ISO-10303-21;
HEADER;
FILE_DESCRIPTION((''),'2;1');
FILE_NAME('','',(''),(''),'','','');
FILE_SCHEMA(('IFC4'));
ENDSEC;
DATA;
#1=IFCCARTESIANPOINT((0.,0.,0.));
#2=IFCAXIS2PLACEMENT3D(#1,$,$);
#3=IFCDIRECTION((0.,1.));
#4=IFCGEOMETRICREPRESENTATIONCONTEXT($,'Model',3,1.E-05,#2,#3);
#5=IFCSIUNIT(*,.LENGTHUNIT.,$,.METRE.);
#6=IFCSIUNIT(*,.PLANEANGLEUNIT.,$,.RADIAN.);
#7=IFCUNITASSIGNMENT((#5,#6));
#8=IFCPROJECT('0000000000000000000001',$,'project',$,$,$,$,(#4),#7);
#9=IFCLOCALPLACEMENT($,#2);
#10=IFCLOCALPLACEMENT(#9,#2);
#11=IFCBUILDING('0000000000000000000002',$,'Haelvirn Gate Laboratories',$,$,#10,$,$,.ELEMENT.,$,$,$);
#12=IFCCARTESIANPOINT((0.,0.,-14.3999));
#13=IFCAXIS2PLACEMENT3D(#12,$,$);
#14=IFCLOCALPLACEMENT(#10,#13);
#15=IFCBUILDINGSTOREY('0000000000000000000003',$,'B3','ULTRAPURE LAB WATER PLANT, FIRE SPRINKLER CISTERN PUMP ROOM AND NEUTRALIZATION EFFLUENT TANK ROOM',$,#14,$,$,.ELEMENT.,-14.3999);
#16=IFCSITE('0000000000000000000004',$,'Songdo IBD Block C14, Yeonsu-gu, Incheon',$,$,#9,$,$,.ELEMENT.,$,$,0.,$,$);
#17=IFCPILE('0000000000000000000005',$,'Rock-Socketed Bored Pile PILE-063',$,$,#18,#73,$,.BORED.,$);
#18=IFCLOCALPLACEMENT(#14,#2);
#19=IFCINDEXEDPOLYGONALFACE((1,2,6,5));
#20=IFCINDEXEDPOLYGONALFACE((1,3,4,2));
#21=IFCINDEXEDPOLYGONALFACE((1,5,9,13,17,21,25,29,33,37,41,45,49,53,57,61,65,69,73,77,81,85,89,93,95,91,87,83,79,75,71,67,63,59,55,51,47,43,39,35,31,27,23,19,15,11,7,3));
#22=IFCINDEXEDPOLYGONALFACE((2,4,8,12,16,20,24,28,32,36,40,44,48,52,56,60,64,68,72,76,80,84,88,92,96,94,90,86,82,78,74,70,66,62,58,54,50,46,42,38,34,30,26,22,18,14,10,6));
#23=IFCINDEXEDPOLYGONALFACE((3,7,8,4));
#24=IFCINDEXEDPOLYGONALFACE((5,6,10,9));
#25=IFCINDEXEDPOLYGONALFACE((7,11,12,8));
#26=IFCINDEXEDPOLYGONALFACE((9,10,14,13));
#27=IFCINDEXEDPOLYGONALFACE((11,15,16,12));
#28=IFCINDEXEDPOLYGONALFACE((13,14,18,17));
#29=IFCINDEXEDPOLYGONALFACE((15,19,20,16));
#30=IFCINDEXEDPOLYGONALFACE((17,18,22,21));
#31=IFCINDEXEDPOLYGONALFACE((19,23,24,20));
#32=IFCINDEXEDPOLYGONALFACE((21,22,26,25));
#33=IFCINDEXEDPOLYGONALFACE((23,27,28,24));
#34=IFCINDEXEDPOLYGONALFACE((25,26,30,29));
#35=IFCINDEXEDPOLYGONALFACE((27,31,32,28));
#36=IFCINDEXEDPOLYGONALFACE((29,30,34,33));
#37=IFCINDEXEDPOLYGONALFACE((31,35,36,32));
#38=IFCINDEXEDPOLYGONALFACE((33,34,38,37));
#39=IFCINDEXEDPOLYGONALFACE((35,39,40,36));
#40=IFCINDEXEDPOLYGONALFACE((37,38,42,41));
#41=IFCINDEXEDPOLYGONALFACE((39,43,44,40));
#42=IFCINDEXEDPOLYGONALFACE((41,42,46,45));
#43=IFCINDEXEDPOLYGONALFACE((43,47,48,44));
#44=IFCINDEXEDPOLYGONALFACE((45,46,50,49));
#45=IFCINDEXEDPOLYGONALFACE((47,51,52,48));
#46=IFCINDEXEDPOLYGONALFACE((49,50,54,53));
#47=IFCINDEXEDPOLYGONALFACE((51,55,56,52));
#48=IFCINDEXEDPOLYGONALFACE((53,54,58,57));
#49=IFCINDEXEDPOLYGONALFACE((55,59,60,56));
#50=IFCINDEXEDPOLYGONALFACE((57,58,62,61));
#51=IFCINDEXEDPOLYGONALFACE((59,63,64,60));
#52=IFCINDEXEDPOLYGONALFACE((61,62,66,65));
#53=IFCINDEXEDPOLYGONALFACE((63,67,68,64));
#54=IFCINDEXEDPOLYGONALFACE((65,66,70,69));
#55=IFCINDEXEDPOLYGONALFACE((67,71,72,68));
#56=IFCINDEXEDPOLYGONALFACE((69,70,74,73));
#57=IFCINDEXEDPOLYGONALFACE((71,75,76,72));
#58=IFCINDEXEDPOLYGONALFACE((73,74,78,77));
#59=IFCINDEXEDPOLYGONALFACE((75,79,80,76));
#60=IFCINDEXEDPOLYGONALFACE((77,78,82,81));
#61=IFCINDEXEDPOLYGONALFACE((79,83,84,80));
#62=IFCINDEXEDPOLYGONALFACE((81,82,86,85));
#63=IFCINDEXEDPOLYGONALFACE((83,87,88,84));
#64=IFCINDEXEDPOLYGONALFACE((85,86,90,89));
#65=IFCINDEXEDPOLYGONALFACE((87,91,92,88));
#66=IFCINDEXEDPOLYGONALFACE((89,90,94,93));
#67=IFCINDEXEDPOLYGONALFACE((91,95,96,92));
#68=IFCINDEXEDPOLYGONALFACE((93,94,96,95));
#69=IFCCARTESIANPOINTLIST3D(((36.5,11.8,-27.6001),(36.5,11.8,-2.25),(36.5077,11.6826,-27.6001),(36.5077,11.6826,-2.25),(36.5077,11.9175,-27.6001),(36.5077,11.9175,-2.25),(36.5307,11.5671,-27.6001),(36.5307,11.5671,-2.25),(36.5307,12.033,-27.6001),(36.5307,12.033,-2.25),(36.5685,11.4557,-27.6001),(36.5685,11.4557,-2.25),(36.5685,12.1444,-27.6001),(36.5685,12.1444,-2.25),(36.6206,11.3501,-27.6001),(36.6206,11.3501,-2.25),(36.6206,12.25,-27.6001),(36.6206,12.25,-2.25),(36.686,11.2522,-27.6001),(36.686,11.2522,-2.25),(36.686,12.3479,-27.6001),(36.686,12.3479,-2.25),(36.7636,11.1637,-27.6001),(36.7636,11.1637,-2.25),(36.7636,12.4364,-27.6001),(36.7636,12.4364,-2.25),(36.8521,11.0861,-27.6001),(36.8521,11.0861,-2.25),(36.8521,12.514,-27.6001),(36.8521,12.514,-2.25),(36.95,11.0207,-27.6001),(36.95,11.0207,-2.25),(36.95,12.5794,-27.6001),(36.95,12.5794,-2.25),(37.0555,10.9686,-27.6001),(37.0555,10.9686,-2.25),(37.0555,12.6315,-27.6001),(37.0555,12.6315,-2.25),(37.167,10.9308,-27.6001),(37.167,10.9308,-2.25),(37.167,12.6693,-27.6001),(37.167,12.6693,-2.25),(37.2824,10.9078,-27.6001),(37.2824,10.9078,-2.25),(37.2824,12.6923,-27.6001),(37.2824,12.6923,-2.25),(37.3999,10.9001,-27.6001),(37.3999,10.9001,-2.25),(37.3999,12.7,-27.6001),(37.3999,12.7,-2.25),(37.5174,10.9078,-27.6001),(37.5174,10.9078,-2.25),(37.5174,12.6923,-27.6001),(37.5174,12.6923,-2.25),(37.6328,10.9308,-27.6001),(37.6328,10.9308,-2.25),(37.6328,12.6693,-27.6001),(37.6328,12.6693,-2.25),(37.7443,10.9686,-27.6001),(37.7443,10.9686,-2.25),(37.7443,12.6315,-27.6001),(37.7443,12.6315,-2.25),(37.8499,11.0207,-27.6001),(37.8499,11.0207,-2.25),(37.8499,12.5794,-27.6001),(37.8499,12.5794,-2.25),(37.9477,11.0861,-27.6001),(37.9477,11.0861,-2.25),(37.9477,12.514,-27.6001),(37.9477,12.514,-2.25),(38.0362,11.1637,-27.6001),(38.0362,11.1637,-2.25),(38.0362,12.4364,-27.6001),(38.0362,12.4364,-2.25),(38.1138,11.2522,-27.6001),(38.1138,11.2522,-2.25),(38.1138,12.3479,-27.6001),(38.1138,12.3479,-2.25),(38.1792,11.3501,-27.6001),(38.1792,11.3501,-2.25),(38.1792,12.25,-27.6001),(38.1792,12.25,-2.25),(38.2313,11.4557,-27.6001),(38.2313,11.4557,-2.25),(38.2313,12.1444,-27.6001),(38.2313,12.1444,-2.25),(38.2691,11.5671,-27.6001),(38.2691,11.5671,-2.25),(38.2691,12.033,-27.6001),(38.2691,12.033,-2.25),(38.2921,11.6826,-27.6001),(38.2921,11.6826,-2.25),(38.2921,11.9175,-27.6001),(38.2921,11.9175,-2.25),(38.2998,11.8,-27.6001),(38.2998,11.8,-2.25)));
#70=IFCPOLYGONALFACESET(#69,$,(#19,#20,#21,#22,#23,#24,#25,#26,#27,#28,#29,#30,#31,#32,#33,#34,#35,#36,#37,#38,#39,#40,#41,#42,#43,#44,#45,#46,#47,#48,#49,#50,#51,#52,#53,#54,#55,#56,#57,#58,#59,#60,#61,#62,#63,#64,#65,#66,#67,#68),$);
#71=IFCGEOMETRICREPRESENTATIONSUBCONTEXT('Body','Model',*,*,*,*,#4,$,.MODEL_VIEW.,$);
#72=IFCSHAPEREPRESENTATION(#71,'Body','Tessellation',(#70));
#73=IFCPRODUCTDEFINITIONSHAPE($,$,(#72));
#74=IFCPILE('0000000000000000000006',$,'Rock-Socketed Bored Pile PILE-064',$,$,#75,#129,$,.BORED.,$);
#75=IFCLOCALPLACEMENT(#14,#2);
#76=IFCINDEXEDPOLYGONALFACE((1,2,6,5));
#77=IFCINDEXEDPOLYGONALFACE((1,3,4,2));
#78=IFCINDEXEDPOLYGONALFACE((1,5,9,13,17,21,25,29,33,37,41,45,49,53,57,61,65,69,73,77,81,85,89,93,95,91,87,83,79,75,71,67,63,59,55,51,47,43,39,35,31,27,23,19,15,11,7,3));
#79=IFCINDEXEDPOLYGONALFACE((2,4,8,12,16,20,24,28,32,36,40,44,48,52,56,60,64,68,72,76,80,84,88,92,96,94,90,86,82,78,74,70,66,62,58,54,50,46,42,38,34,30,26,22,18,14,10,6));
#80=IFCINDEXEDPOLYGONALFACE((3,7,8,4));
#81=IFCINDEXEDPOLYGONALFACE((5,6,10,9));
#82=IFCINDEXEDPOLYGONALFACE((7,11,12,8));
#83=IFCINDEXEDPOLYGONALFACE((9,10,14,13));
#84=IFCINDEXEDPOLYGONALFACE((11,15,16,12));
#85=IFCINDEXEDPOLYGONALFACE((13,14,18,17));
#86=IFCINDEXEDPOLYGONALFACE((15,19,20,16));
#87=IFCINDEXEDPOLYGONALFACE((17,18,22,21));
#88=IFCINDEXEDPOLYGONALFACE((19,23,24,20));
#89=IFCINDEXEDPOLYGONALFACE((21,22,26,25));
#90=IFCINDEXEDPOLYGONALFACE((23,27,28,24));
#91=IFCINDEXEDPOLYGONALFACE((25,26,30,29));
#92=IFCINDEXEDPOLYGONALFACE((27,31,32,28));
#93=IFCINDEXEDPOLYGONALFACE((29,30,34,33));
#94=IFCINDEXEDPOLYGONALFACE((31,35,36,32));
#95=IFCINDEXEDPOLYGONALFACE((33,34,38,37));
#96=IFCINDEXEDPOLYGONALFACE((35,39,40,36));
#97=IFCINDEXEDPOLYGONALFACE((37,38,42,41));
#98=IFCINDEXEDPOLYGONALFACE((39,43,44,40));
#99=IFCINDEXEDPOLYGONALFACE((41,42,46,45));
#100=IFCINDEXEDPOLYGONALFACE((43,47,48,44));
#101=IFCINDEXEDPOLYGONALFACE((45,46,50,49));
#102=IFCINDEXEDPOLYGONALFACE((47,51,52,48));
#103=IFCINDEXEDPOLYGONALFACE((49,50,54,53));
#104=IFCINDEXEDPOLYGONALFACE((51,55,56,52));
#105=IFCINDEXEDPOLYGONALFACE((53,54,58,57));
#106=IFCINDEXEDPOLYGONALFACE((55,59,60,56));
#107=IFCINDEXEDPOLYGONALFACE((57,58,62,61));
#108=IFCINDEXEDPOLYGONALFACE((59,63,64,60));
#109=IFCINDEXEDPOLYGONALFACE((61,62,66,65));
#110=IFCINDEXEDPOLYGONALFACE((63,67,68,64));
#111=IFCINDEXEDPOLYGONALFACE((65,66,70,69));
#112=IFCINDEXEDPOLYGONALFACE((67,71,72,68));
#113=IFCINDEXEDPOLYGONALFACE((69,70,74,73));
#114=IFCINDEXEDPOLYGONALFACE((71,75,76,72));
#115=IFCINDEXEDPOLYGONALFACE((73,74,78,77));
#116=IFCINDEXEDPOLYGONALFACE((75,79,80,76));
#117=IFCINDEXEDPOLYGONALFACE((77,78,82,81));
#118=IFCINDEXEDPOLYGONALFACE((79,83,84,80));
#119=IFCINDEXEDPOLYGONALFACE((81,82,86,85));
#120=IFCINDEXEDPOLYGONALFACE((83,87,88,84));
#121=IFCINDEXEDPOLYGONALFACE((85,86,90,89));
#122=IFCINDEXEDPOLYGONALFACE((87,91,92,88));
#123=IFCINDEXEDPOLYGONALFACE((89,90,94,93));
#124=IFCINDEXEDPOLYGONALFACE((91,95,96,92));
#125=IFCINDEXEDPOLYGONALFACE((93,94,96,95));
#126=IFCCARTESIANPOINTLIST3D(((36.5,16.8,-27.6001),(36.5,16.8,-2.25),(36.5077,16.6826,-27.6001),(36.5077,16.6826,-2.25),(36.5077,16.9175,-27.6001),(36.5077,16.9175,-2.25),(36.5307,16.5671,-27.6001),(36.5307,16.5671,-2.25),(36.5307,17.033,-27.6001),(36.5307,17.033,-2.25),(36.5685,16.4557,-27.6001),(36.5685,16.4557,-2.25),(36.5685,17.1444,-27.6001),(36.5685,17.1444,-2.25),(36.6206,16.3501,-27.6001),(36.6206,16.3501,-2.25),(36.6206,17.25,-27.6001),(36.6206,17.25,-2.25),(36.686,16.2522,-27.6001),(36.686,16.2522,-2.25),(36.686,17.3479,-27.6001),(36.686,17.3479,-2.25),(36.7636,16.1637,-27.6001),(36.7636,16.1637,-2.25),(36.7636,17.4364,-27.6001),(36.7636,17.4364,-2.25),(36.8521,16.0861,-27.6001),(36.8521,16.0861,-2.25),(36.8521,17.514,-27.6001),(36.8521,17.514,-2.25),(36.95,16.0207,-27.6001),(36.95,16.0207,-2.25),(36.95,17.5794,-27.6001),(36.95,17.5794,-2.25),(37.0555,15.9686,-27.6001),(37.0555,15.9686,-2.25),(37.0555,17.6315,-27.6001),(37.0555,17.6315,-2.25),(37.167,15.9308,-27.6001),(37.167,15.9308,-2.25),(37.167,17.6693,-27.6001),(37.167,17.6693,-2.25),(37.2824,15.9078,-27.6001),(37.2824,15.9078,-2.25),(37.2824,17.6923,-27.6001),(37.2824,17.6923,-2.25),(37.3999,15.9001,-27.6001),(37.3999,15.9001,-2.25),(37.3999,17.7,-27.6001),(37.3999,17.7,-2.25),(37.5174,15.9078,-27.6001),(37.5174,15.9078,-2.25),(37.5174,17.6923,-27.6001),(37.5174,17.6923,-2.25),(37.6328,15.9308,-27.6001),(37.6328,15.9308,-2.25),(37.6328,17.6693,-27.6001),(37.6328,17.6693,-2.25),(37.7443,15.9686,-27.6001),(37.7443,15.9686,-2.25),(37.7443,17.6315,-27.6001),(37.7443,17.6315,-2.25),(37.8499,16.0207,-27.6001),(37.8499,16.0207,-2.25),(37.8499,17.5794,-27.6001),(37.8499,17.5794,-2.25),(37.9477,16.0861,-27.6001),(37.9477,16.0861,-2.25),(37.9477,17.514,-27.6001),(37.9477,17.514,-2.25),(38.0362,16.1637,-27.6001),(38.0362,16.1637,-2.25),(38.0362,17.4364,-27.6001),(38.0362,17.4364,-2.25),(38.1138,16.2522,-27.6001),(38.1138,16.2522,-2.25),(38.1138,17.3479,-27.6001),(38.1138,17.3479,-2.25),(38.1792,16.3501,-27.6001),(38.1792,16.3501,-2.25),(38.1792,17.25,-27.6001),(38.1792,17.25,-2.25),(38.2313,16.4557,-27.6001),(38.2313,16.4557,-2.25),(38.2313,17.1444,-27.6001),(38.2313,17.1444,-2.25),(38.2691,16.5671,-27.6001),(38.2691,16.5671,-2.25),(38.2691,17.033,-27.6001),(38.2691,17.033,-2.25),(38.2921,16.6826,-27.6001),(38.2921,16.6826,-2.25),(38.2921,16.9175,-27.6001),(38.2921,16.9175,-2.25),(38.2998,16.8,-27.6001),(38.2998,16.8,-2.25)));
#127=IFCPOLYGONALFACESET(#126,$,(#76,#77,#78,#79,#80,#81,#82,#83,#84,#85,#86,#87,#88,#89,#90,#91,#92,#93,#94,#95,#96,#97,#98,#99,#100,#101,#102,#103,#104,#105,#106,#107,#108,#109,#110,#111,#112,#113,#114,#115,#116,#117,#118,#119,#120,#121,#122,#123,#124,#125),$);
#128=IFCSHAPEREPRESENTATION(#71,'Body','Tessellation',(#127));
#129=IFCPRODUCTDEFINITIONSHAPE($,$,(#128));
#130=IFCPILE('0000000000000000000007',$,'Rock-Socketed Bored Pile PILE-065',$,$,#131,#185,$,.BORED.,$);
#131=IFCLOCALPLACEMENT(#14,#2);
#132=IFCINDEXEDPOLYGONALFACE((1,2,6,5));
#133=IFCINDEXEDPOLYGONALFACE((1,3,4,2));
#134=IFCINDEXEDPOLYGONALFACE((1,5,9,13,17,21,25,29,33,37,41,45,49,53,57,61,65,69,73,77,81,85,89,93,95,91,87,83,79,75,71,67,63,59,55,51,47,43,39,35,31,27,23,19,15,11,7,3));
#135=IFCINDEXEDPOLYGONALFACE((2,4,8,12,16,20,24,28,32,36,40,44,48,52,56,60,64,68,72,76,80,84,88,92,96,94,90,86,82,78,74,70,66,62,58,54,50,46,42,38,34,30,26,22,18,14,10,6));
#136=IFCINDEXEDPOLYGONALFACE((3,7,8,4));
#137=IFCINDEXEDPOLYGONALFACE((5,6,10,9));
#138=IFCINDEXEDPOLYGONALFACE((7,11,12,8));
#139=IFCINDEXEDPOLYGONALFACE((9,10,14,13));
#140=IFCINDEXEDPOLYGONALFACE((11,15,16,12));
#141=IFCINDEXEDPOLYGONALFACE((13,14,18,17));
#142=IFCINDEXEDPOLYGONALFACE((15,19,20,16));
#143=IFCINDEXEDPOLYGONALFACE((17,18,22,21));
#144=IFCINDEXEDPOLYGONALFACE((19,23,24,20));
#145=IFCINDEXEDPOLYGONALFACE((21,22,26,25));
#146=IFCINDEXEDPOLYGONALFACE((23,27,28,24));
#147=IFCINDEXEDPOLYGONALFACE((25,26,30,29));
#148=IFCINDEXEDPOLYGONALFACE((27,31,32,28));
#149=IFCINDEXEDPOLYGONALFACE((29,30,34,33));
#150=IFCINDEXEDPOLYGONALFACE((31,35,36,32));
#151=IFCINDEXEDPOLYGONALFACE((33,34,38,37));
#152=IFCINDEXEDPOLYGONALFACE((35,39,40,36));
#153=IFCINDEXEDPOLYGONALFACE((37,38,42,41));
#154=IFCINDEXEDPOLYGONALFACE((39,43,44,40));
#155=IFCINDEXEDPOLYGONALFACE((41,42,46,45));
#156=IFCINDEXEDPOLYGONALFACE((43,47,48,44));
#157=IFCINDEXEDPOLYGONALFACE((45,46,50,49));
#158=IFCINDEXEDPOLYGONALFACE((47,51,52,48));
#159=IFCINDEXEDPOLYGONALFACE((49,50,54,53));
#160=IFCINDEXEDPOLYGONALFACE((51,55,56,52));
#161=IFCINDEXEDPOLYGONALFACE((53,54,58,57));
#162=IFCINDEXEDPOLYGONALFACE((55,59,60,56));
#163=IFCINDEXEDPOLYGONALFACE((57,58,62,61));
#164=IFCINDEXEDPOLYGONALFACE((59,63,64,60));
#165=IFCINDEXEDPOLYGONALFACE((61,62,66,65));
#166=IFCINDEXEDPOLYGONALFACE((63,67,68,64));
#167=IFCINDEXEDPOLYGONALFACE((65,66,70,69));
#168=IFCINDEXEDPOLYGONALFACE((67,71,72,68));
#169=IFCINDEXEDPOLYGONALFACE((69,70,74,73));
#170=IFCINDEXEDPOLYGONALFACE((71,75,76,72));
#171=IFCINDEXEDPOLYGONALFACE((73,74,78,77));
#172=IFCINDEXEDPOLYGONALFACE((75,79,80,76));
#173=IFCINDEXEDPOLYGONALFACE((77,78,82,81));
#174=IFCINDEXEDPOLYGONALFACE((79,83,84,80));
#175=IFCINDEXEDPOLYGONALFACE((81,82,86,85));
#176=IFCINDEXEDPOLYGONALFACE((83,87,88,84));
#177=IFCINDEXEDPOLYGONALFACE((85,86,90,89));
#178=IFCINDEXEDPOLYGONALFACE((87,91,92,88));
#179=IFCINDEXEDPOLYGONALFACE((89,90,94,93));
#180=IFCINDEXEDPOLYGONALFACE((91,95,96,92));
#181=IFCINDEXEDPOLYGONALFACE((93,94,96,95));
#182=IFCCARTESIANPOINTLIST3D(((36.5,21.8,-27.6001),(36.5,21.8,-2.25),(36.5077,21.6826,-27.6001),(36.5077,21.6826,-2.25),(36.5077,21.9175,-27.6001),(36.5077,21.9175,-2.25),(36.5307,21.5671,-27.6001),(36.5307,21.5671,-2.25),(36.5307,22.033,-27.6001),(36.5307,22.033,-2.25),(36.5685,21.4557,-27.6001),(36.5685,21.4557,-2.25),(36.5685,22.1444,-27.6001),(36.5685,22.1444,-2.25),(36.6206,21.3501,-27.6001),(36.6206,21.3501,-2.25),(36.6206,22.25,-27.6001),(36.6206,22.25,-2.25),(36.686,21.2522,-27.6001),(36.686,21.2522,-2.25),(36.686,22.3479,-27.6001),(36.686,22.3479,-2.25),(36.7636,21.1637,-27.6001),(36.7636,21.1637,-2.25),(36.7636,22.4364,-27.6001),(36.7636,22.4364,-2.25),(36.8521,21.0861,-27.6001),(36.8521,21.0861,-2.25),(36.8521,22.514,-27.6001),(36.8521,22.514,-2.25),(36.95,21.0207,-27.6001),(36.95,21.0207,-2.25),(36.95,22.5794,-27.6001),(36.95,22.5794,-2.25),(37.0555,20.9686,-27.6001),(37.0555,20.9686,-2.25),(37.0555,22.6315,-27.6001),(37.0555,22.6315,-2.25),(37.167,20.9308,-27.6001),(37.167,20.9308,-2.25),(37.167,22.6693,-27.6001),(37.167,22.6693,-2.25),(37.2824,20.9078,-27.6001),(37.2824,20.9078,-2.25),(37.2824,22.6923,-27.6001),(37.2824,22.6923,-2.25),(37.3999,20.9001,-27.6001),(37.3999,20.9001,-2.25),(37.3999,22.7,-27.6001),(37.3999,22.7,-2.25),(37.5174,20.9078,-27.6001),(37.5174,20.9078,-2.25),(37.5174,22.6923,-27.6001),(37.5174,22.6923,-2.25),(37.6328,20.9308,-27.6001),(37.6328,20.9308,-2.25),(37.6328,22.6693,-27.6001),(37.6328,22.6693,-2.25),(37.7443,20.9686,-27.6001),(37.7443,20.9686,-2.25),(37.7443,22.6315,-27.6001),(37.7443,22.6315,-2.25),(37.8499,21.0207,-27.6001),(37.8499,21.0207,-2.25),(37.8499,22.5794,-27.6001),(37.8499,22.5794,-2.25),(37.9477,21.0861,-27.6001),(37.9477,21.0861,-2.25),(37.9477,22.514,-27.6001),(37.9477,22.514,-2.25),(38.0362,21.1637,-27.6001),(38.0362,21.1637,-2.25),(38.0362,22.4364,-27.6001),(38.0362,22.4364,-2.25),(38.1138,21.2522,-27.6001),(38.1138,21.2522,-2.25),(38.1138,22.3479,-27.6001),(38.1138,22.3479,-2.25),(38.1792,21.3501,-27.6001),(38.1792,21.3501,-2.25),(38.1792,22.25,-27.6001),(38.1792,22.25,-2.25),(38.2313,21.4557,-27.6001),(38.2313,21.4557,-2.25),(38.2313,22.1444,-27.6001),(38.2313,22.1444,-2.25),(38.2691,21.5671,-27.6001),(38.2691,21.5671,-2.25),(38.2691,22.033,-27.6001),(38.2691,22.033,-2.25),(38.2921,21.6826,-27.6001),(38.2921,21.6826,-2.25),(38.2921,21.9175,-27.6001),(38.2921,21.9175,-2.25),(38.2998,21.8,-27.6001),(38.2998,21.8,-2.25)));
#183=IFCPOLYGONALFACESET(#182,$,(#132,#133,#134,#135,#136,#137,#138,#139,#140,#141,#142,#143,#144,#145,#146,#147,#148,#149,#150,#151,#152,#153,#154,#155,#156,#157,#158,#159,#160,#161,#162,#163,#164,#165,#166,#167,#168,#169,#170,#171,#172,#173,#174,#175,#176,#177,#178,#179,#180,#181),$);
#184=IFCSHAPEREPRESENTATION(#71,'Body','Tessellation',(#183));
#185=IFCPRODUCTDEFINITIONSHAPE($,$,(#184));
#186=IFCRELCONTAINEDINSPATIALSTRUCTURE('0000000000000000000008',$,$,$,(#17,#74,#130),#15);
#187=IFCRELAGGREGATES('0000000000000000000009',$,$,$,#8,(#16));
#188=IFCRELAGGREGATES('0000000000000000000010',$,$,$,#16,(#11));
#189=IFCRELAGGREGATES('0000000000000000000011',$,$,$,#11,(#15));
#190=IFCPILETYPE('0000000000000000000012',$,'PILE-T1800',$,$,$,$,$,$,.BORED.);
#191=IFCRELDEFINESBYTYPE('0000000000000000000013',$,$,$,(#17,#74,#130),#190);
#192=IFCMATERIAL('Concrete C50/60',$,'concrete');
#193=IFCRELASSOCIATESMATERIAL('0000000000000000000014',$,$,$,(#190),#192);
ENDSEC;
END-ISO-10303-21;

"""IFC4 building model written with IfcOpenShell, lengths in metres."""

from ifc_helpers import new_model, si_unit, direction, frame, origin, origin_2d, place, context, subcontext, project, spatial, circle, extrude, source, transform, mapped, material, material_profile, profile_set, type_object, type_shapes, element, save


model = new_model("IFC4")

# Units and contexts
model_context = context("Model", 3, precision=1e-05, world=origin(), true_north=direction((0.0, 1.0)))
body_context = subcontext(model_context, "Body", "Model", "MODEL_VIEW")
ifc_project = project(units=[si_unit("LENGTHUNIT", "METRE"), si_unit("PLANEANGLEUNIT", "RADIAN")], contexts=[model_context])

# Site, building, storey
site_placement = place(None, origin())
site = spatial("IfcSite", under=ifc_project, at=site_placement, Name="Songdo IBD Block C14, Yeonsu-gu, Incheon", CompositionType="ELEMENT", RefElevation=0.0)
building_placement = place(site_placement, origin())
building = spatial("IfcBuilding", under=site, at=building_placement, Name="Haelvirn Gate Laboratories", CompositionType="ELEMENT")
storey_placement = place(building_placement, frame((0.0, 0.0, -14.3999)))
storey = spatial("IfcBuildingStorey", under=building, at=storey_placement, Name="B3", Description="ULTRAPURE LAB WATER PLANT, FIRE SPRINKLER CISTERN PUMP ROOM AND NEUTRALIZATION EFFLUENT TANK ROOM", CompositionType="ELEMENT", Elevation=-14.3999)

# Piles
ifc_material_1 = material(Name="Concrete C50/60", Category="concrete")
ifc_material_profile_1 = material_profile(ifc_material_1, circle(Radius=0.8999, at=origin_2d()), Name="PILE-D1800")
ifc_profile_set_1 = profile_set([ifc_material_profile_1], Name="Concrete C50/60")
pile_type_1 = type_object("IfcPileType", Name="PILE-T1800", PredefinedType="BORED", material=ifc_profile_set_1)
shared_shape_1 = source(origin(), body_context, "Body", "SweptSolid", [
    extrude(circle(Radius=0.8999, at=origin_2d()), origin(), (0.0, 0.0, 1.0), 25.3501),
])
type_shapes(pile_type_1, [shared_shape_1])
for number, where, z_axis, x_axis, name in (
    (1, (37.3999, 11.8, -2.25), (0.0, 0.0, -1.0), (1.0, 0.0, 0.0), "Rock-Socketed Bored Pile PILE-063"),
    (2, (37.3999, 16.8, -2.25), (0.0, 0.0, -1.0), (1.0, 0.0, 0.0), "Rock-Socketed Bored Pile PILE-064"),
    (3, (37.3999, 21.8, -2.25), (0.0, 0.0, -1.0), (1.0, 0.0, 0.0), "Rock-Socketed Bored Pile PILE-065"),
):
    element("IfcPile", number, at=place(storey_placement, frame(where, z_axis=z_axis, x_axis=x_axis)), inside=storey, type_object=pile_type_1, Name=name, PredefinedType="BORED", context=body_context, shape_type="MappedRepresentation", body=[
        mapped(shared_shape_1, transform((0.0, 0.0, 0.0), scale=1.0)),
    ])

save(model, "model.ifc")
